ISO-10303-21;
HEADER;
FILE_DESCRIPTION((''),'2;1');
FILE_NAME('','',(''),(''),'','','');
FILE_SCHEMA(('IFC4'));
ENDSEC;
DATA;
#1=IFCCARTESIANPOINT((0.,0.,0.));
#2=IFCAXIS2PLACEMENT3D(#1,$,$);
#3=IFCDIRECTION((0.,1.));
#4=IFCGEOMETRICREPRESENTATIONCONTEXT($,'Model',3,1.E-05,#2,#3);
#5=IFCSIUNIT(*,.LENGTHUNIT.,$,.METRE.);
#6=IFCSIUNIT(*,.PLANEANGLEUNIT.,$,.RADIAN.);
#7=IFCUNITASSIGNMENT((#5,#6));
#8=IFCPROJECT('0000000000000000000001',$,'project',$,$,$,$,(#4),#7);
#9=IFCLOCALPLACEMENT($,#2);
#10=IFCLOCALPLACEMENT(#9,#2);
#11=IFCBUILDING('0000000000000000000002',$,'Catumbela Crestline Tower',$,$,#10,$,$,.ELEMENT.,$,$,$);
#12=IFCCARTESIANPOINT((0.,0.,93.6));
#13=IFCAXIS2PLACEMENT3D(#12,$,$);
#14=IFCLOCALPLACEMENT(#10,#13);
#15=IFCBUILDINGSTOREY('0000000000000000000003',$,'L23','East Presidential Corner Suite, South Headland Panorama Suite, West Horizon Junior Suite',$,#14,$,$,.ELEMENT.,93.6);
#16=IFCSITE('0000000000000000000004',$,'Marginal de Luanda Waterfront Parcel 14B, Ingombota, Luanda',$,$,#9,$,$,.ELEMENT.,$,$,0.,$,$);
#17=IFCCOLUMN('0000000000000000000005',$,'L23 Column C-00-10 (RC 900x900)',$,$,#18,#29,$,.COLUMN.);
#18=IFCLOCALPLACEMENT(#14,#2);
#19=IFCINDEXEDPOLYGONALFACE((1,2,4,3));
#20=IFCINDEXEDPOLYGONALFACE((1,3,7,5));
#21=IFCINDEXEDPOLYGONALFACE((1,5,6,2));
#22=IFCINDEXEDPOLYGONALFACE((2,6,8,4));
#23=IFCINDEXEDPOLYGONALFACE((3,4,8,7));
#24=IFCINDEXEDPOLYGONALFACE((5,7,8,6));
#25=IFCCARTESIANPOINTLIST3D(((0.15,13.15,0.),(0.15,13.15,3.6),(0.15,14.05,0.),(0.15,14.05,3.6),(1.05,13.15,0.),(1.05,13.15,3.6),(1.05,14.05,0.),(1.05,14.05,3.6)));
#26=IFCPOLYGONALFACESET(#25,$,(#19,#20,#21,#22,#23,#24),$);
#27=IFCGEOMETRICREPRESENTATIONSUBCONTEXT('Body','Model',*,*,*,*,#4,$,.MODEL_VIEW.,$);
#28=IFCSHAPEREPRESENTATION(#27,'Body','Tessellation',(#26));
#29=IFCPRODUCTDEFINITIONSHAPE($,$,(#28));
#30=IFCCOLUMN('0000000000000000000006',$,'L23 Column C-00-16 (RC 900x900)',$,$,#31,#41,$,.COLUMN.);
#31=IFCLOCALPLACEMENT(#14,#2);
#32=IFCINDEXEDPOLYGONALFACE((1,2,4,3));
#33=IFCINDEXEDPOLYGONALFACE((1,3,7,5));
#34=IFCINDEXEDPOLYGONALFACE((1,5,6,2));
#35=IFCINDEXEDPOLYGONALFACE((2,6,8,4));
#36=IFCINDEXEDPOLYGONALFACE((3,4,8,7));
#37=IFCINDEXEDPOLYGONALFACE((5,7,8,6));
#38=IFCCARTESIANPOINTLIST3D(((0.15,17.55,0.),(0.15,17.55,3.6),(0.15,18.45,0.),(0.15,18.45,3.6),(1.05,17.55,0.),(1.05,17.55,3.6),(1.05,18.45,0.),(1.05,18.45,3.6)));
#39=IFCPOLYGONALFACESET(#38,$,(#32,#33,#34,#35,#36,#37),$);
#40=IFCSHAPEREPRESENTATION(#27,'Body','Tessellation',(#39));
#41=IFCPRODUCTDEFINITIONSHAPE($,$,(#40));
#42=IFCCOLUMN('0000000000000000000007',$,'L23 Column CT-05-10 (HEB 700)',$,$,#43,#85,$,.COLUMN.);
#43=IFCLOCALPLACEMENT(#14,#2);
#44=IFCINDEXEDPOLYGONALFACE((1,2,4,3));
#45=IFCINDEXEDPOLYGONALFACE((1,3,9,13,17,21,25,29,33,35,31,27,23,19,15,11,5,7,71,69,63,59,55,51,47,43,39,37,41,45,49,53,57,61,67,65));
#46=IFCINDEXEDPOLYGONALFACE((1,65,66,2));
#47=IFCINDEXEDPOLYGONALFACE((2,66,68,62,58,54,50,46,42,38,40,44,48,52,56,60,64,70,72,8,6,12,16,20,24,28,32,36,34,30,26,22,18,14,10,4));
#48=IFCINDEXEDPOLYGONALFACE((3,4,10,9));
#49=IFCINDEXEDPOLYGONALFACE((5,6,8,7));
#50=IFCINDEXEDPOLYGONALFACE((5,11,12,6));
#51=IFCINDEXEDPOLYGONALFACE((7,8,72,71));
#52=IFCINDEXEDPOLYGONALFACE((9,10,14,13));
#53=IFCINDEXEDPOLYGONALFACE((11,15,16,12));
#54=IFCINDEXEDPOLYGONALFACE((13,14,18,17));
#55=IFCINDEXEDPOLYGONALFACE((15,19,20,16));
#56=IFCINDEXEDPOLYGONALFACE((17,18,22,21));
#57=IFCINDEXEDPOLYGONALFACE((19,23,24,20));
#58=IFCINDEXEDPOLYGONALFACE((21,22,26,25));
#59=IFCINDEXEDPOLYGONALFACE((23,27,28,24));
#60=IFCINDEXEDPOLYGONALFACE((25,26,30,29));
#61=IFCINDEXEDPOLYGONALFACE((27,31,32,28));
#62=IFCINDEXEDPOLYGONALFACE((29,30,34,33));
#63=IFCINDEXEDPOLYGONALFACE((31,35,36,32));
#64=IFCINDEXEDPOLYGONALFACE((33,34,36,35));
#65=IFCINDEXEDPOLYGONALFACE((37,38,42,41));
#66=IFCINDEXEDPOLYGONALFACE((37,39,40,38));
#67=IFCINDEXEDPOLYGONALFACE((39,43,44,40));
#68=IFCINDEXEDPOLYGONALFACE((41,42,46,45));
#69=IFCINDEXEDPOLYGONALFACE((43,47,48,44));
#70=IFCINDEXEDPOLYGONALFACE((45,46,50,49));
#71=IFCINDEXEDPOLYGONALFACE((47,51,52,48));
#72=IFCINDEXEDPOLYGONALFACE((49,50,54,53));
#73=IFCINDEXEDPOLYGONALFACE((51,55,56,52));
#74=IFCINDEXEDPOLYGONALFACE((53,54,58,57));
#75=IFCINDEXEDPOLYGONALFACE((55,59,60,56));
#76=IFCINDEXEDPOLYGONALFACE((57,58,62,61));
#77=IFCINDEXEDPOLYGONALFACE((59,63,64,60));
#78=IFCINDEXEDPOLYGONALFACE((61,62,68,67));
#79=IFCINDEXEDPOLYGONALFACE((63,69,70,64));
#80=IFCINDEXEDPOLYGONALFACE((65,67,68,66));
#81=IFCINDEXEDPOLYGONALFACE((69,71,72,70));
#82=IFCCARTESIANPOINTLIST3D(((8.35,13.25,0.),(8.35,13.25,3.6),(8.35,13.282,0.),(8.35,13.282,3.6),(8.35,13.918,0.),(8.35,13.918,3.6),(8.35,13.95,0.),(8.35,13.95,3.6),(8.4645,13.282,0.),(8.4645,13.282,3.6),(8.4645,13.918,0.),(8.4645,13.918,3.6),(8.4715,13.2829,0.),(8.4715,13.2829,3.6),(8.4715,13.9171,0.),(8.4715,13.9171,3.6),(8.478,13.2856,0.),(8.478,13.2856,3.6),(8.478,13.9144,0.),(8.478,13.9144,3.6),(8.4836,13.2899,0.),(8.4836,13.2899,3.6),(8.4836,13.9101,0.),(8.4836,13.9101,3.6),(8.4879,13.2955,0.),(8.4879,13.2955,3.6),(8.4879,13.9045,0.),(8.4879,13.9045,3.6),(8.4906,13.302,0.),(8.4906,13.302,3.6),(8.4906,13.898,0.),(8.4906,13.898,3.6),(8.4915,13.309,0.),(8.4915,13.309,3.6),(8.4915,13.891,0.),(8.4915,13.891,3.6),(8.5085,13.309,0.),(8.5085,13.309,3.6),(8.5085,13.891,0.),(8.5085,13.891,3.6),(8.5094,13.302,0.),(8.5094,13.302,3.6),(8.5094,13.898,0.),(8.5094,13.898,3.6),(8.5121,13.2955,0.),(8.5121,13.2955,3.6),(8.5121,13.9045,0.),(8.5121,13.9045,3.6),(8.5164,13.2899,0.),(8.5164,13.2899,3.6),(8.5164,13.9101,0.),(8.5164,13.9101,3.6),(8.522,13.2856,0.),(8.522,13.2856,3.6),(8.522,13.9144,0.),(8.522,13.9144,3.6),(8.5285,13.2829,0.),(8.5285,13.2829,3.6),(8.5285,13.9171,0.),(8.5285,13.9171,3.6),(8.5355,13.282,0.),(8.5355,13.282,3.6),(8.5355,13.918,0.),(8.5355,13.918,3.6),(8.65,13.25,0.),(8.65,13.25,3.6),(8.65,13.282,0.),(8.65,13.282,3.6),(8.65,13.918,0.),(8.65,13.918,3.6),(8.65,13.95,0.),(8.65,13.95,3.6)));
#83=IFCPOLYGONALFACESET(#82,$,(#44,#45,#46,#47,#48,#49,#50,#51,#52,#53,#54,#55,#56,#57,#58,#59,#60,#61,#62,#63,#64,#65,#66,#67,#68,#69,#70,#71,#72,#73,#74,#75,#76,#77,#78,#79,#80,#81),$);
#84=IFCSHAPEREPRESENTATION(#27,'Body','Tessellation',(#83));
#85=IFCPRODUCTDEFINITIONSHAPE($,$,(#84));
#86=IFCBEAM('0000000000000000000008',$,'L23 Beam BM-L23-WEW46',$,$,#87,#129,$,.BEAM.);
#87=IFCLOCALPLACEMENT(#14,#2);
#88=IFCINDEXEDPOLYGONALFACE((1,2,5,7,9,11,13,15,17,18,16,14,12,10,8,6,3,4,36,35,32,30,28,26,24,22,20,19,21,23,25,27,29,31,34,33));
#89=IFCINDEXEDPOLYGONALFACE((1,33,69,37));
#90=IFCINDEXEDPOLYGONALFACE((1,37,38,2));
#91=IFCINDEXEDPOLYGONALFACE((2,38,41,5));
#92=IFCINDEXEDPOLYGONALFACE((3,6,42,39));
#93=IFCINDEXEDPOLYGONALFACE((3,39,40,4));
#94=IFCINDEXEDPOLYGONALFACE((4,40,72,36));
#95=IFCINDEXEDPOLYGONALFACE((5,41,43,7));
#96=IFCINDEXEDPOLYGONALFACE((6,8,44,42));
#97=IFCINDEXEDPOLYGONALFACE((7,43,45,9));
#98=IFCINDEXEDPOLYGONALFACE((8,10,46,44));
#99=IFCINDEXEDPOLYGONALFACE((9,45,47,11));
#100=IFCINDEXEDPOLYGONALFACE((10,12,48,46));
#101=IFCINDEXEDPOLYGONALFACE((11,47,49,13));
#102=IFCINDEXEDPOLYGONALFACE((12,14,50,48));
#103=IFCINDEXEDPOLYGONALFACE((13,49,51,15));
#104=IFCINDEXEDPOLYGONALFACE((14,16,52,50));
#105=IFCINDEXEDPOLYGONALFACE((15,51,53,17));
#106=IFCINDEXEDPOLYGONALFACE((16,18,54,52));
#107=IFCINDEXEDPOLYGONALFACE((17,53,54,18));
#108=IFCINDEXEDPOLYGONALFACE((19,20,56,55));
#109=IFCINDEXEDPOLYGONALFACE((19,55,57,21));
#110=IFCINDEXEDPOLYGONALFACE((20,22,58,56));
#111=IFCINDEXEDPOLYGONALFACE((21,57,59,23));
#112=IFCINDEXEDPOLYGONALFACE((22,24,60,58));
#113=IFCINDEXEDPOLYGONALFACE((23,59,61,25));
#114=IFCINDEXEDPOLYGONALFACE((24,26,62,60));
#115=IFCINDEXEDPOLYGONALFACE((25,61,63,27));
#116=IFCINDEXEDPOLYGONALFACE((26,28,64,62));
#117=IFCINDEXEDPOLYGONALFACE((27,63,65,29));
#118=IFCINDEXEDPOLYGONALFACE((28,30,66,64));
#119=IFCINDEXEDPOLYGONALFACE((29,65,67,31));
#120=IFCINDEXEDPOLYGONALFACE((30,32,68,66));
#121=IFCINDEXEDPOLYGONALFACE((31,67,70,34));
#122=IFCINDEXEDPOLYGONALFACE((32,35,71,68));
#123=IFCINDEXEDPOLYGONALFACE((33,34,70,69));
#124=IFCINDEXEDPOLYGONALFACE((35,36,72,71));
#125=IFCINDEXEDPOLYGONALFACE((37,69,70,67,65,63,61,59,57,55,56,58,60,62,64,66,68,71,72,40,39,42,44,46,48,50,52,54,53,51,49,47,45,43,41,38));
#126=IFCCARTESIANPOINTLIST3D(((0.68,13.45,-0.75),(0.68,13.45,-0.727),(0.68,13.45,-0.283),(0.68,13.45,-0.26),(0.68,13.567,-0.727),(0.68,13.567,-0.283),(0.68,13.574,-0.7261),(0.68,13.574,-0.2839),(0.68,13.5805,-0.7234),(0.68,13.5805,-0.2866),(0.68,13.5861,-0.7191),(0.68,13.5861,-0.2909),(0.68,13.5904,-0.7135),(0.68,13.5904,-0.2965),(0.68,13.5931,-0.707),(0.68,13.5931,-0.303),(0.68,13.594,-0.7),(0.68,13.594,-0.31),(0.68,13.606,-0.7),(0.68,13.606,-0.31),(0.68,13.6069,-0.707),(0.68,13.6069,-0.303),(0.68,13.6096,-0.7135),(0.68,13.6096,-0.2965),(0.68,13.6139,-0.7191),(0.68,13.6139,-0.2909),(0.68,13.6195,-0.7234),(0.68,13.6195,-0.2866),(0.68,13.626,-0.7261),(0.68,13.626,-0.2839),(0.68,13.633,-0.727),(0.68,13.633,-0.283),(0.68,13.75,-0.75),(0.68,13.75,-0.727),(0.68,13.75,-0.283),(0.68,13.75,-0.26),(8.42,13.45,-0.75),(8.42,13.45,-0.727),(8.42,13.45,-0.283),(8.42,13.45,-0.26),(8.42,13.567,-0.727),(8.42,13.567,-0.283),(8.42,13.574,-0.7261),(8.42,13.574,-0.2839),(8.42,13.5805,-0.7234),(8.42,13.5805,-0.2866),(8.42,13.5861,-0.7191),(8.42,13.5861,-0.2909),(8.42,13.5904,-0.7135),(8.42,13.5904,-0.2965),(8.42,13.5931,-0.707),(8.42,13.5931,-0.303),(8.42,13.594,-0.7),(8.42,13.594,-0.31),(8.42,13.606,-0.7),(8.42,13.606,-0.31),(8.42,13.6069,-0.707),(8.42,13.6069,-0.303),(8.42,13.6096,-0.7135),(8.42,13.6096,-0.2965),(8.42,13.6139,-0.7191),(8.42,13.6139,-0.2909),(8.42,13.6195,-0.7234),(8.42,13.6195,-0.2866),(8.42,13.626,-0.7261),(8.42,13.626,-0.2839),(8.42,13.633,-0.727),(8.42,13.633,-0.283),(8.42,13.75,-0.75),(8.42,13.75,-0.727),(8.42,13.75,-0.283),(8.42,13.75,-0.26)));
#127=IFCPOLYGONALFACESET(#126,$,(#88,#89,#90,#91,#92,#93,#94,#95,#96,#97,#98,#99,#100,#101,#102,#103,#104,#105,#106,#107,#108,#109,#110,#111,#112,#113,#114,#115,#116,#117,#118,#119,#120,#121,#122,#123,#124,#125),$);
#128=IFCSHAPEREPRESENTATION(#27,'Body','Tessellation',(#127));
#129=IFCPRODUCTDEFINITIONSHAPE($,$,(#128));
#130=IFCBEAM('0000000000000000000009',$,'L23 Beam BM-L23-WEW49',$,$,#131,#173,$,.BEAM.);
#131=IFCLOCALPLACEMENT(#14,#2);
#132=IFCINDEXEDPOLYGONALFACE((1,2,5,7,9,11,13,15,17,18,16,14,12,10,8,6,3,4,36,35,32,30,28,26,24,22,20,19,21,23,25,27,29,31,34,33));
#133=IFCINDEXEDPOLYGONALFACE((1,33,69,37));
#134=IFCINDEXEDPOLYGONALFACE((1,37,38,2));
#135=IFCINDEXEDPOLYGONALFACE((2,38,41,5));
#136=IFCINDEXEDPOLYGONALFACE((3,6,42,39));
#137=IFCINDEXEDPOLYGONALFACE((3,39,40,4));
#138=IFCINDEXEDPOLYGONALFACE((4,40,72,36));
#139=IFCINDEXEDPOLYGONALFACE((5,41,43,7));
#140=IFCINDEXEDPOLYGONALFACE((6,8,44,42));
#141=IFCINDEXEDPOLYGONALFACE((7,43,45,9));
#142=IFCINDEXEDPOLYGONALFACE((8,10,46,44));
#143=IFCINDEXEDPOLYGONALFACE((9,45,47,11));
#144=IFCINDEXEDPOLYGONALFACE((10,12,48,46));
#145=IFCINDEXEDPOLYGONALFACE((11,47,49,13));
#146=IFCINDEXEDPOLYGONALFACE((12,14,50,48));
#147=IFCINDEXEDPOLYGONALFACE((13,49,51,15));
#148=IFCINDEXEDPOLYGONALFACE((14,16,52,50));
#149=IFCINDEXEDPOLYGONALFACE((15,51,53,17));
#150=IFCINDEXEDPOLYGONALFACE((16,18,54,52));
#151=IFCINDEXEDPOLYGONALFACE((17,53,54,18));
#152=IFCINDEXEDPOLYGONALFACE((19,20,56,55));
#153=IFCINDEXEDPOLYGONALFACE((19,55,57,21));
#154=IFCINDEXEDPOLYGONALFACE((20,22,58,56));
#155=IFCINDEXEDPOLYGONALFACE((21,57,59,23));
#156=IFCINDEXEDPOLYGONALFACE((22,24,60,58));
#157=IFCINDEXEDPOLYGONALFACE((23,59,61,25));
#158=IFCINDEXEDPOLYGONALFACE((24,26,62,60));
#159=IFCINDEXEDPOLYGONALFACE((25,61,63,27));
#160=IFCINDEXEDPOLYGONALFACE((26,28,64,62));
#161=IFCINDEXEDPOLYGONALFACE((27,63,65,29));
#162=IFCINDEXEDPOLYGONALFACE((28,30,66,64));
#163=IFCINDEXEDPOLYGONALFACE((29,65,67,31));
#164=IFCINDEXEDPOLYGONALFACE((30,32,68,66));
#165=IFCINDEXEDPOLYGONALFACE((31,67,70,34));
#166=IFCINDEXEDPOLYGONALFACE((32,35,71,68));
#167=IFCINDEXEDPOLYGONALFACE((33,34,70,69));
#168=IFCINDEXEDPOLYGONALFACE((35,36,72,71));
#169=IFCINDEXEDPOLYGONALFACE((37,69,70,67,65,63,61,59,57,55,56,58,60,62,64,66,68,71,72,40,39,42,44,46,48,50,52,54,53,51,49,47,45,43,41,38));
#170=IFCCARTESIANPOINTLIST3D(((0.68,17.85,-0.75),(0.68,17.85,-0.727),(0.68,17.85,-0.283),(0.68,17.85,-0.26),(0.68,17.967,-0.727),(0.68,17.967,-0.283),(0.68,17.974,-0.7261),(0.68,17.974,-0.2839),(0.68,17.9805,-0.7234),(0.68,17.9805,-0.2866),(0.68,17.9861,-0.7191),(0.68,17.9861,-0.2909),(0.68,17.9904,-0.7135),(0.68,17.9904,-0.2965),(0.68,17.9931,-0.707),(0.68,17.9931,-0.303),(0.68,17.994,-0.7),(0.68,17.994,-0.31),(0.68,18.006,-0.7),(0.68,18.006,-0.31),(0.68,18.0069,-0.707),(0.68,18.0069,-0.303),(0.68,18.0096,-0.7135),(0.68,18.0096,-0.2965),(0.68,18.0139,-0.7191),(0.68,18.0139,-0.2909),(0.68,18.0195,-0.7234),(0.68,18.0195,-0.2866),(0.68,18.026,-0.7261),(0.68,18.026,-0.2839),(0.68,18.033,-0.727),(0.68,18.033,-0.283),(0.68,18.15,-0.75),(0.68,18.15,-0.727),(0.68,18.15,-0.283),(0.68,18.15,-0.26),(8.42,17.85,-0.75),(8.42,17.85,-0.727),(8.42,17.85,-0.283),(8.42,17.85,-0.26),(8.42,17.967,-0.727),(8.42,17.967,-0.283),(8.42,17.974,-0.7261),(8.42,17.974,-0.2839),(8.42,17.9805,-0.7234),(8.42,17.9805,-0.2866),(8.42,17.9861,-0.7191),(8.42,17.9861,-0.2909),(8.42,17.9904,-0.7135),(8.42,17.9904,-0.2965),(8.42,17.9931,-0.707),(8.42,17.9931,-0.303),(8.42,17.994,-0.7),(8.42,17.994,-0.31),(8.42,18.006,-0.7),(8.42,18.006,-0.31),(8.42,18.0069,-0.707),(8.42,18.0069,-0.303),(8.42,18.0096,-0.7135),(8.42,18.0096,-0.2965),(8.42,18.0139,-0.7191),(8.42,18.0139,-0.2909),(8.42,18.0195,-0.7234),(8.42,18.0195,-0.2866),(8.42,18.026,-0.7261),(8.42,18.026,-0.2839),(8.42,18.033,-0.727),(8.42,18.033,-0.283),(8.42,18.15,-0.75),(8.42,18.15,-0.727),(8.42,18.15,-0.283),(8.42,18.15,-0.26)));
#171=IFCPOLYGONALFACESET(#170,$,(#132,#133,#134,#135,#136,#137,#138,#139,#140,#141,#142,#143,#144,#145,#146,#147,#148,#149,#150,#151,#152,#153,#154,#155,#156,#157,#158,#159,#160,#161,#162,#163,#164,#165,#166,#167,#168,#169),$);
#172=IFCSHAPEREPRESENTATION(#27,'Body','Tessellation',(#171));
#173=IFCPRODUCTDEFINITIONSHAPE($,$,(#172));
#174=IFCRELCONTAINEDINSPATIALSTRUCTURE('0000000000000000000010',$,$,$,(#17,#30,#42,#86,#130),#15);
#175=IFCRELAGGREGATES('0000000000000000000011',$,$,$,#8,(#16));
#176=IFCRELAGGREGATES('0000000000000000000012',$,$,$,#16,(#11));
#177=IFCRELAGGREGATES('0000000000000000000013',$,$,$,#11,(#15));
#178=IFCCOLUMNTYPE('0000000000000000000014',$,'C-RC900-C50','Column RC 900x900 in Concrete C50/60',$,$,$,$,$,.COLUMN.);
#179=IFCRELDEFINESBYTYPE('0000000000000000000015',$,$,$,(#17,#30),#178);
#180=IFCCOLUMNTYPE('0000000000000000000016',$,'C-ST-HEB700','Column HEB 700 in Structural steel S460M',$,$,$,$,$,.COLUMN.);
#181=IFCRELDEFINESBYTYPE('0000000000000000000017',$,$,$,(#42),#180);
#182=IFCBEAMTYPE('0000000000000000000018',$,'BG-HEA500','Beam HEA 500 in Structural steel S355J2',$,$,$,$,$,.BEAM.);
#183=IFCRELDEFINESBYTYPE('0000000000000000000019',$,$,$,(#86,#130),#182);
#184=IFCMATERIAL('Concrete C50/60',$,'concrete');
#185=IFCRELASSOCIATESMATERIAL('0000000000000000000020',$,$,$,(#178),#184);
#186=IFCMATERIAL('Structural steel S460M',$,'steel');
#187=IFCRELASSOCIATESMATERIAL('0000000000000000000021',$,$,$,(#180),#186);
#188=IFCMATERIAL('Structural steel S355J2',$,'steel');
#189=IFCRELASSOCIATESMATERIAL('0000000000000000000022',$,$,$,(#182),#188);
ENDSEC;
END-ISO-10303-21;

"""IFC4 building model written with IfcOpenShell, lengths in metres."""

from ifc_helpers import new_model, si_unit, direction, frame, origin, origin_2d, place, context, subcontext, project, spatial, rectangle, i_section, extrude, material, material_profile, profile_set, type_object, element, save


model = new_model("IFC4")

# Units and contexts
model_context = context("Model", 3, precision=1e-05, world=origin(), true_north=direction((0.0, 1.0)))
body_context = subcontext(model_context, "Body", "Model", "MODEL_VIEW")
ifc_project = project(units=[si_unit("LENGTHUNIT", "METRE"), si_unit("PLANEANGLEUNIT", "RADIAN")], contexts=[model_context])

# Site, building, storey
site_placement = place(None, origin())
site = spatial("IfcSite", under=ifc_project, at=site_placement, Name="Marginal de Luanda Waterfront Parcel 14B, Ingombota, Luanda", CompositionType="ELEMENT", RefElevation=0.0)
building_placement = place(site_placement, origin())
building = spatial("IfcBuilding", under=site, at=building_placement, Name="Catumbela Crestline Tower", CompositionType="ELEMENT")
storey_placement = place(building_placement, frame((0.0, 0.0, 93.6)))
storey = spatial("IfcBuildingStorey", under=building, at=storey_placement, Name="L23", Description="East Presidential Corner Suite, South Headland Panorama Suite, West Horizon Junior Suite", CompositionType="ELEMENT", Elevation=93.6)

# Columns
ifc_material_1 = material(Name="Concrete C50/60", Category="concrete")
ifc_material_profile_1 = material_profile(ifc_material_1, rectangle(XDim=0.9, YDim=0.9, at=origin_2d()), Name="RC 900x900")
ifc_profile_set_1 = profile_set([ifc_material_profile_1], Name="Concrete C50/60")
column_type_1 = type_object("IfcColumnType", Name="C-RC900-C50", Description="Column RC 900x900 in Concrete C50/60", PredefinedType="COLUMN", material=ifc_profile_set_1)
for number, where, z_axis, x_axis, name in (
    (1, (0.6, 13.6, 0.0), (0.0, 0.0, 1.0), (1.0, 0.0, 0.0), "L23 Column C-00-10 (RC 900x900)"),
    (2, (0.6, 18.0, 0.0), (0.0, 0.0, 1.0), (1.0, 0.0, 0.0), "L23 Column C-00-16 (RC 900x900)"),
):
    element("IfcColumn", number, at=place(storey_placement, frame(where, z_axis=z_axis, x_axis=x_axis)), inside=storey, type_object=column_type_1, Name=name, PredefinedType="COLUMN", context=body_context, shape_type="SweptSolid", body=[
        extrude(rectangle(XDim=0.9, YDim=0.9, at=origin_2d()), origin(), (0.0, 0.0, 1.0), 3.6),
    ])
ifc_material_2 = material(Name="Structural steel S460M", Category="steel")
ifc_material_profile_2 = material_profile(ifc_material_2, i_section(OverallWidth=0.3, OverallDepth=0.7, WebThickness=0.017, FlangeThickness=0.032, FilletRadius=0.027, at=origin_2d()), Name="HEB 700")
ifc_profile_set_2 = profile_set([ifc_material_profile_2], Name="Structural steel S460M")
column_type_2 = type_object("IfcColumnType", Name="C-ST-HEB700", Description="Column HEB 700 in Structural steel S460M", PredefinedType="COLUMN", material=ifc_profile_set_2)
column_placement = place(storey_placement, frame((8.5, 13.6, 0.0), z_axis=(0.0, 0.0, 1.0), x_axis=(1.0, 0.0, 0.0)))
element("IfcColumn", 3, at=column_placement, inside=storey, type_object=column_type_2, Name="L23 Column CT-05-10 (HEB 700)", PredefinedType="COLUMN", context=body_context, shape_type="SweptSolid", body=[
    extrude(i_section(OverallWidth=0.3, OverallDepth=0.7, WebThickness=0.017, FlangeThickness=0.032, FilletRadius=0.027, at=origin_2d()), origin(), (0.0, 0.0, 1.0), 3.6),
])

# Beams
ifc_material_3 = material(Name="Structural steel S355J2", Category="steel")
ifc_material_profile_3 = material_profile(ifc_material_3, i_section(OverallWidth=0.3, OverallDepth=0.49, WebThickness=0.012, FlangeThickness=0.023, FilletRadius=0.027, at=origin_2d()), Name="HEA 500")
ifc_profile_set_3 = profile_set([ifc_material_profile_3], Name="Structural steel S355J2")
beam_type_1 = type_object("IfcBeamType", Name="BG-HEA500", Description="Beam HEA 500 in Structural steel S355J2", PredefinedType="BEAM", material=ifc_profile_set_3)
for number, where, z_axis, x_axis, name in (
    (4, (0.68, 13.6, -0.505), (1.0, 0.0, 0.0), (0.0, 1.0, 0.0), "L23 Beam BM-L23-WEW46"),
    (5, (0.68, 18.0, -0.505), (1.0, 0.0, 0.0), (0.0, 1.0, 0.0), "L23 Beam BM-L23-WEW49"),
):
    element("IfcBeam", number, at=place(storey_placement, frame(where, z_axis=z_axis, x_axis=x_axis)), inside=storey, type_object=beam_type_1, Name=name, PredefinedType="BEAM", context=body_context, shape_type="SweptSolid", body=[
        extrude(i_section(OverallWidth=0.3, OverallDepth=0.49, WebThickness=0.012, FlangeThickness=0.023, FilletRadius=0.027, at=origin_2d()), origin(), (0.0, 0.0, 1.0), 7.74),
    ])

save(model, "model.ifc")
